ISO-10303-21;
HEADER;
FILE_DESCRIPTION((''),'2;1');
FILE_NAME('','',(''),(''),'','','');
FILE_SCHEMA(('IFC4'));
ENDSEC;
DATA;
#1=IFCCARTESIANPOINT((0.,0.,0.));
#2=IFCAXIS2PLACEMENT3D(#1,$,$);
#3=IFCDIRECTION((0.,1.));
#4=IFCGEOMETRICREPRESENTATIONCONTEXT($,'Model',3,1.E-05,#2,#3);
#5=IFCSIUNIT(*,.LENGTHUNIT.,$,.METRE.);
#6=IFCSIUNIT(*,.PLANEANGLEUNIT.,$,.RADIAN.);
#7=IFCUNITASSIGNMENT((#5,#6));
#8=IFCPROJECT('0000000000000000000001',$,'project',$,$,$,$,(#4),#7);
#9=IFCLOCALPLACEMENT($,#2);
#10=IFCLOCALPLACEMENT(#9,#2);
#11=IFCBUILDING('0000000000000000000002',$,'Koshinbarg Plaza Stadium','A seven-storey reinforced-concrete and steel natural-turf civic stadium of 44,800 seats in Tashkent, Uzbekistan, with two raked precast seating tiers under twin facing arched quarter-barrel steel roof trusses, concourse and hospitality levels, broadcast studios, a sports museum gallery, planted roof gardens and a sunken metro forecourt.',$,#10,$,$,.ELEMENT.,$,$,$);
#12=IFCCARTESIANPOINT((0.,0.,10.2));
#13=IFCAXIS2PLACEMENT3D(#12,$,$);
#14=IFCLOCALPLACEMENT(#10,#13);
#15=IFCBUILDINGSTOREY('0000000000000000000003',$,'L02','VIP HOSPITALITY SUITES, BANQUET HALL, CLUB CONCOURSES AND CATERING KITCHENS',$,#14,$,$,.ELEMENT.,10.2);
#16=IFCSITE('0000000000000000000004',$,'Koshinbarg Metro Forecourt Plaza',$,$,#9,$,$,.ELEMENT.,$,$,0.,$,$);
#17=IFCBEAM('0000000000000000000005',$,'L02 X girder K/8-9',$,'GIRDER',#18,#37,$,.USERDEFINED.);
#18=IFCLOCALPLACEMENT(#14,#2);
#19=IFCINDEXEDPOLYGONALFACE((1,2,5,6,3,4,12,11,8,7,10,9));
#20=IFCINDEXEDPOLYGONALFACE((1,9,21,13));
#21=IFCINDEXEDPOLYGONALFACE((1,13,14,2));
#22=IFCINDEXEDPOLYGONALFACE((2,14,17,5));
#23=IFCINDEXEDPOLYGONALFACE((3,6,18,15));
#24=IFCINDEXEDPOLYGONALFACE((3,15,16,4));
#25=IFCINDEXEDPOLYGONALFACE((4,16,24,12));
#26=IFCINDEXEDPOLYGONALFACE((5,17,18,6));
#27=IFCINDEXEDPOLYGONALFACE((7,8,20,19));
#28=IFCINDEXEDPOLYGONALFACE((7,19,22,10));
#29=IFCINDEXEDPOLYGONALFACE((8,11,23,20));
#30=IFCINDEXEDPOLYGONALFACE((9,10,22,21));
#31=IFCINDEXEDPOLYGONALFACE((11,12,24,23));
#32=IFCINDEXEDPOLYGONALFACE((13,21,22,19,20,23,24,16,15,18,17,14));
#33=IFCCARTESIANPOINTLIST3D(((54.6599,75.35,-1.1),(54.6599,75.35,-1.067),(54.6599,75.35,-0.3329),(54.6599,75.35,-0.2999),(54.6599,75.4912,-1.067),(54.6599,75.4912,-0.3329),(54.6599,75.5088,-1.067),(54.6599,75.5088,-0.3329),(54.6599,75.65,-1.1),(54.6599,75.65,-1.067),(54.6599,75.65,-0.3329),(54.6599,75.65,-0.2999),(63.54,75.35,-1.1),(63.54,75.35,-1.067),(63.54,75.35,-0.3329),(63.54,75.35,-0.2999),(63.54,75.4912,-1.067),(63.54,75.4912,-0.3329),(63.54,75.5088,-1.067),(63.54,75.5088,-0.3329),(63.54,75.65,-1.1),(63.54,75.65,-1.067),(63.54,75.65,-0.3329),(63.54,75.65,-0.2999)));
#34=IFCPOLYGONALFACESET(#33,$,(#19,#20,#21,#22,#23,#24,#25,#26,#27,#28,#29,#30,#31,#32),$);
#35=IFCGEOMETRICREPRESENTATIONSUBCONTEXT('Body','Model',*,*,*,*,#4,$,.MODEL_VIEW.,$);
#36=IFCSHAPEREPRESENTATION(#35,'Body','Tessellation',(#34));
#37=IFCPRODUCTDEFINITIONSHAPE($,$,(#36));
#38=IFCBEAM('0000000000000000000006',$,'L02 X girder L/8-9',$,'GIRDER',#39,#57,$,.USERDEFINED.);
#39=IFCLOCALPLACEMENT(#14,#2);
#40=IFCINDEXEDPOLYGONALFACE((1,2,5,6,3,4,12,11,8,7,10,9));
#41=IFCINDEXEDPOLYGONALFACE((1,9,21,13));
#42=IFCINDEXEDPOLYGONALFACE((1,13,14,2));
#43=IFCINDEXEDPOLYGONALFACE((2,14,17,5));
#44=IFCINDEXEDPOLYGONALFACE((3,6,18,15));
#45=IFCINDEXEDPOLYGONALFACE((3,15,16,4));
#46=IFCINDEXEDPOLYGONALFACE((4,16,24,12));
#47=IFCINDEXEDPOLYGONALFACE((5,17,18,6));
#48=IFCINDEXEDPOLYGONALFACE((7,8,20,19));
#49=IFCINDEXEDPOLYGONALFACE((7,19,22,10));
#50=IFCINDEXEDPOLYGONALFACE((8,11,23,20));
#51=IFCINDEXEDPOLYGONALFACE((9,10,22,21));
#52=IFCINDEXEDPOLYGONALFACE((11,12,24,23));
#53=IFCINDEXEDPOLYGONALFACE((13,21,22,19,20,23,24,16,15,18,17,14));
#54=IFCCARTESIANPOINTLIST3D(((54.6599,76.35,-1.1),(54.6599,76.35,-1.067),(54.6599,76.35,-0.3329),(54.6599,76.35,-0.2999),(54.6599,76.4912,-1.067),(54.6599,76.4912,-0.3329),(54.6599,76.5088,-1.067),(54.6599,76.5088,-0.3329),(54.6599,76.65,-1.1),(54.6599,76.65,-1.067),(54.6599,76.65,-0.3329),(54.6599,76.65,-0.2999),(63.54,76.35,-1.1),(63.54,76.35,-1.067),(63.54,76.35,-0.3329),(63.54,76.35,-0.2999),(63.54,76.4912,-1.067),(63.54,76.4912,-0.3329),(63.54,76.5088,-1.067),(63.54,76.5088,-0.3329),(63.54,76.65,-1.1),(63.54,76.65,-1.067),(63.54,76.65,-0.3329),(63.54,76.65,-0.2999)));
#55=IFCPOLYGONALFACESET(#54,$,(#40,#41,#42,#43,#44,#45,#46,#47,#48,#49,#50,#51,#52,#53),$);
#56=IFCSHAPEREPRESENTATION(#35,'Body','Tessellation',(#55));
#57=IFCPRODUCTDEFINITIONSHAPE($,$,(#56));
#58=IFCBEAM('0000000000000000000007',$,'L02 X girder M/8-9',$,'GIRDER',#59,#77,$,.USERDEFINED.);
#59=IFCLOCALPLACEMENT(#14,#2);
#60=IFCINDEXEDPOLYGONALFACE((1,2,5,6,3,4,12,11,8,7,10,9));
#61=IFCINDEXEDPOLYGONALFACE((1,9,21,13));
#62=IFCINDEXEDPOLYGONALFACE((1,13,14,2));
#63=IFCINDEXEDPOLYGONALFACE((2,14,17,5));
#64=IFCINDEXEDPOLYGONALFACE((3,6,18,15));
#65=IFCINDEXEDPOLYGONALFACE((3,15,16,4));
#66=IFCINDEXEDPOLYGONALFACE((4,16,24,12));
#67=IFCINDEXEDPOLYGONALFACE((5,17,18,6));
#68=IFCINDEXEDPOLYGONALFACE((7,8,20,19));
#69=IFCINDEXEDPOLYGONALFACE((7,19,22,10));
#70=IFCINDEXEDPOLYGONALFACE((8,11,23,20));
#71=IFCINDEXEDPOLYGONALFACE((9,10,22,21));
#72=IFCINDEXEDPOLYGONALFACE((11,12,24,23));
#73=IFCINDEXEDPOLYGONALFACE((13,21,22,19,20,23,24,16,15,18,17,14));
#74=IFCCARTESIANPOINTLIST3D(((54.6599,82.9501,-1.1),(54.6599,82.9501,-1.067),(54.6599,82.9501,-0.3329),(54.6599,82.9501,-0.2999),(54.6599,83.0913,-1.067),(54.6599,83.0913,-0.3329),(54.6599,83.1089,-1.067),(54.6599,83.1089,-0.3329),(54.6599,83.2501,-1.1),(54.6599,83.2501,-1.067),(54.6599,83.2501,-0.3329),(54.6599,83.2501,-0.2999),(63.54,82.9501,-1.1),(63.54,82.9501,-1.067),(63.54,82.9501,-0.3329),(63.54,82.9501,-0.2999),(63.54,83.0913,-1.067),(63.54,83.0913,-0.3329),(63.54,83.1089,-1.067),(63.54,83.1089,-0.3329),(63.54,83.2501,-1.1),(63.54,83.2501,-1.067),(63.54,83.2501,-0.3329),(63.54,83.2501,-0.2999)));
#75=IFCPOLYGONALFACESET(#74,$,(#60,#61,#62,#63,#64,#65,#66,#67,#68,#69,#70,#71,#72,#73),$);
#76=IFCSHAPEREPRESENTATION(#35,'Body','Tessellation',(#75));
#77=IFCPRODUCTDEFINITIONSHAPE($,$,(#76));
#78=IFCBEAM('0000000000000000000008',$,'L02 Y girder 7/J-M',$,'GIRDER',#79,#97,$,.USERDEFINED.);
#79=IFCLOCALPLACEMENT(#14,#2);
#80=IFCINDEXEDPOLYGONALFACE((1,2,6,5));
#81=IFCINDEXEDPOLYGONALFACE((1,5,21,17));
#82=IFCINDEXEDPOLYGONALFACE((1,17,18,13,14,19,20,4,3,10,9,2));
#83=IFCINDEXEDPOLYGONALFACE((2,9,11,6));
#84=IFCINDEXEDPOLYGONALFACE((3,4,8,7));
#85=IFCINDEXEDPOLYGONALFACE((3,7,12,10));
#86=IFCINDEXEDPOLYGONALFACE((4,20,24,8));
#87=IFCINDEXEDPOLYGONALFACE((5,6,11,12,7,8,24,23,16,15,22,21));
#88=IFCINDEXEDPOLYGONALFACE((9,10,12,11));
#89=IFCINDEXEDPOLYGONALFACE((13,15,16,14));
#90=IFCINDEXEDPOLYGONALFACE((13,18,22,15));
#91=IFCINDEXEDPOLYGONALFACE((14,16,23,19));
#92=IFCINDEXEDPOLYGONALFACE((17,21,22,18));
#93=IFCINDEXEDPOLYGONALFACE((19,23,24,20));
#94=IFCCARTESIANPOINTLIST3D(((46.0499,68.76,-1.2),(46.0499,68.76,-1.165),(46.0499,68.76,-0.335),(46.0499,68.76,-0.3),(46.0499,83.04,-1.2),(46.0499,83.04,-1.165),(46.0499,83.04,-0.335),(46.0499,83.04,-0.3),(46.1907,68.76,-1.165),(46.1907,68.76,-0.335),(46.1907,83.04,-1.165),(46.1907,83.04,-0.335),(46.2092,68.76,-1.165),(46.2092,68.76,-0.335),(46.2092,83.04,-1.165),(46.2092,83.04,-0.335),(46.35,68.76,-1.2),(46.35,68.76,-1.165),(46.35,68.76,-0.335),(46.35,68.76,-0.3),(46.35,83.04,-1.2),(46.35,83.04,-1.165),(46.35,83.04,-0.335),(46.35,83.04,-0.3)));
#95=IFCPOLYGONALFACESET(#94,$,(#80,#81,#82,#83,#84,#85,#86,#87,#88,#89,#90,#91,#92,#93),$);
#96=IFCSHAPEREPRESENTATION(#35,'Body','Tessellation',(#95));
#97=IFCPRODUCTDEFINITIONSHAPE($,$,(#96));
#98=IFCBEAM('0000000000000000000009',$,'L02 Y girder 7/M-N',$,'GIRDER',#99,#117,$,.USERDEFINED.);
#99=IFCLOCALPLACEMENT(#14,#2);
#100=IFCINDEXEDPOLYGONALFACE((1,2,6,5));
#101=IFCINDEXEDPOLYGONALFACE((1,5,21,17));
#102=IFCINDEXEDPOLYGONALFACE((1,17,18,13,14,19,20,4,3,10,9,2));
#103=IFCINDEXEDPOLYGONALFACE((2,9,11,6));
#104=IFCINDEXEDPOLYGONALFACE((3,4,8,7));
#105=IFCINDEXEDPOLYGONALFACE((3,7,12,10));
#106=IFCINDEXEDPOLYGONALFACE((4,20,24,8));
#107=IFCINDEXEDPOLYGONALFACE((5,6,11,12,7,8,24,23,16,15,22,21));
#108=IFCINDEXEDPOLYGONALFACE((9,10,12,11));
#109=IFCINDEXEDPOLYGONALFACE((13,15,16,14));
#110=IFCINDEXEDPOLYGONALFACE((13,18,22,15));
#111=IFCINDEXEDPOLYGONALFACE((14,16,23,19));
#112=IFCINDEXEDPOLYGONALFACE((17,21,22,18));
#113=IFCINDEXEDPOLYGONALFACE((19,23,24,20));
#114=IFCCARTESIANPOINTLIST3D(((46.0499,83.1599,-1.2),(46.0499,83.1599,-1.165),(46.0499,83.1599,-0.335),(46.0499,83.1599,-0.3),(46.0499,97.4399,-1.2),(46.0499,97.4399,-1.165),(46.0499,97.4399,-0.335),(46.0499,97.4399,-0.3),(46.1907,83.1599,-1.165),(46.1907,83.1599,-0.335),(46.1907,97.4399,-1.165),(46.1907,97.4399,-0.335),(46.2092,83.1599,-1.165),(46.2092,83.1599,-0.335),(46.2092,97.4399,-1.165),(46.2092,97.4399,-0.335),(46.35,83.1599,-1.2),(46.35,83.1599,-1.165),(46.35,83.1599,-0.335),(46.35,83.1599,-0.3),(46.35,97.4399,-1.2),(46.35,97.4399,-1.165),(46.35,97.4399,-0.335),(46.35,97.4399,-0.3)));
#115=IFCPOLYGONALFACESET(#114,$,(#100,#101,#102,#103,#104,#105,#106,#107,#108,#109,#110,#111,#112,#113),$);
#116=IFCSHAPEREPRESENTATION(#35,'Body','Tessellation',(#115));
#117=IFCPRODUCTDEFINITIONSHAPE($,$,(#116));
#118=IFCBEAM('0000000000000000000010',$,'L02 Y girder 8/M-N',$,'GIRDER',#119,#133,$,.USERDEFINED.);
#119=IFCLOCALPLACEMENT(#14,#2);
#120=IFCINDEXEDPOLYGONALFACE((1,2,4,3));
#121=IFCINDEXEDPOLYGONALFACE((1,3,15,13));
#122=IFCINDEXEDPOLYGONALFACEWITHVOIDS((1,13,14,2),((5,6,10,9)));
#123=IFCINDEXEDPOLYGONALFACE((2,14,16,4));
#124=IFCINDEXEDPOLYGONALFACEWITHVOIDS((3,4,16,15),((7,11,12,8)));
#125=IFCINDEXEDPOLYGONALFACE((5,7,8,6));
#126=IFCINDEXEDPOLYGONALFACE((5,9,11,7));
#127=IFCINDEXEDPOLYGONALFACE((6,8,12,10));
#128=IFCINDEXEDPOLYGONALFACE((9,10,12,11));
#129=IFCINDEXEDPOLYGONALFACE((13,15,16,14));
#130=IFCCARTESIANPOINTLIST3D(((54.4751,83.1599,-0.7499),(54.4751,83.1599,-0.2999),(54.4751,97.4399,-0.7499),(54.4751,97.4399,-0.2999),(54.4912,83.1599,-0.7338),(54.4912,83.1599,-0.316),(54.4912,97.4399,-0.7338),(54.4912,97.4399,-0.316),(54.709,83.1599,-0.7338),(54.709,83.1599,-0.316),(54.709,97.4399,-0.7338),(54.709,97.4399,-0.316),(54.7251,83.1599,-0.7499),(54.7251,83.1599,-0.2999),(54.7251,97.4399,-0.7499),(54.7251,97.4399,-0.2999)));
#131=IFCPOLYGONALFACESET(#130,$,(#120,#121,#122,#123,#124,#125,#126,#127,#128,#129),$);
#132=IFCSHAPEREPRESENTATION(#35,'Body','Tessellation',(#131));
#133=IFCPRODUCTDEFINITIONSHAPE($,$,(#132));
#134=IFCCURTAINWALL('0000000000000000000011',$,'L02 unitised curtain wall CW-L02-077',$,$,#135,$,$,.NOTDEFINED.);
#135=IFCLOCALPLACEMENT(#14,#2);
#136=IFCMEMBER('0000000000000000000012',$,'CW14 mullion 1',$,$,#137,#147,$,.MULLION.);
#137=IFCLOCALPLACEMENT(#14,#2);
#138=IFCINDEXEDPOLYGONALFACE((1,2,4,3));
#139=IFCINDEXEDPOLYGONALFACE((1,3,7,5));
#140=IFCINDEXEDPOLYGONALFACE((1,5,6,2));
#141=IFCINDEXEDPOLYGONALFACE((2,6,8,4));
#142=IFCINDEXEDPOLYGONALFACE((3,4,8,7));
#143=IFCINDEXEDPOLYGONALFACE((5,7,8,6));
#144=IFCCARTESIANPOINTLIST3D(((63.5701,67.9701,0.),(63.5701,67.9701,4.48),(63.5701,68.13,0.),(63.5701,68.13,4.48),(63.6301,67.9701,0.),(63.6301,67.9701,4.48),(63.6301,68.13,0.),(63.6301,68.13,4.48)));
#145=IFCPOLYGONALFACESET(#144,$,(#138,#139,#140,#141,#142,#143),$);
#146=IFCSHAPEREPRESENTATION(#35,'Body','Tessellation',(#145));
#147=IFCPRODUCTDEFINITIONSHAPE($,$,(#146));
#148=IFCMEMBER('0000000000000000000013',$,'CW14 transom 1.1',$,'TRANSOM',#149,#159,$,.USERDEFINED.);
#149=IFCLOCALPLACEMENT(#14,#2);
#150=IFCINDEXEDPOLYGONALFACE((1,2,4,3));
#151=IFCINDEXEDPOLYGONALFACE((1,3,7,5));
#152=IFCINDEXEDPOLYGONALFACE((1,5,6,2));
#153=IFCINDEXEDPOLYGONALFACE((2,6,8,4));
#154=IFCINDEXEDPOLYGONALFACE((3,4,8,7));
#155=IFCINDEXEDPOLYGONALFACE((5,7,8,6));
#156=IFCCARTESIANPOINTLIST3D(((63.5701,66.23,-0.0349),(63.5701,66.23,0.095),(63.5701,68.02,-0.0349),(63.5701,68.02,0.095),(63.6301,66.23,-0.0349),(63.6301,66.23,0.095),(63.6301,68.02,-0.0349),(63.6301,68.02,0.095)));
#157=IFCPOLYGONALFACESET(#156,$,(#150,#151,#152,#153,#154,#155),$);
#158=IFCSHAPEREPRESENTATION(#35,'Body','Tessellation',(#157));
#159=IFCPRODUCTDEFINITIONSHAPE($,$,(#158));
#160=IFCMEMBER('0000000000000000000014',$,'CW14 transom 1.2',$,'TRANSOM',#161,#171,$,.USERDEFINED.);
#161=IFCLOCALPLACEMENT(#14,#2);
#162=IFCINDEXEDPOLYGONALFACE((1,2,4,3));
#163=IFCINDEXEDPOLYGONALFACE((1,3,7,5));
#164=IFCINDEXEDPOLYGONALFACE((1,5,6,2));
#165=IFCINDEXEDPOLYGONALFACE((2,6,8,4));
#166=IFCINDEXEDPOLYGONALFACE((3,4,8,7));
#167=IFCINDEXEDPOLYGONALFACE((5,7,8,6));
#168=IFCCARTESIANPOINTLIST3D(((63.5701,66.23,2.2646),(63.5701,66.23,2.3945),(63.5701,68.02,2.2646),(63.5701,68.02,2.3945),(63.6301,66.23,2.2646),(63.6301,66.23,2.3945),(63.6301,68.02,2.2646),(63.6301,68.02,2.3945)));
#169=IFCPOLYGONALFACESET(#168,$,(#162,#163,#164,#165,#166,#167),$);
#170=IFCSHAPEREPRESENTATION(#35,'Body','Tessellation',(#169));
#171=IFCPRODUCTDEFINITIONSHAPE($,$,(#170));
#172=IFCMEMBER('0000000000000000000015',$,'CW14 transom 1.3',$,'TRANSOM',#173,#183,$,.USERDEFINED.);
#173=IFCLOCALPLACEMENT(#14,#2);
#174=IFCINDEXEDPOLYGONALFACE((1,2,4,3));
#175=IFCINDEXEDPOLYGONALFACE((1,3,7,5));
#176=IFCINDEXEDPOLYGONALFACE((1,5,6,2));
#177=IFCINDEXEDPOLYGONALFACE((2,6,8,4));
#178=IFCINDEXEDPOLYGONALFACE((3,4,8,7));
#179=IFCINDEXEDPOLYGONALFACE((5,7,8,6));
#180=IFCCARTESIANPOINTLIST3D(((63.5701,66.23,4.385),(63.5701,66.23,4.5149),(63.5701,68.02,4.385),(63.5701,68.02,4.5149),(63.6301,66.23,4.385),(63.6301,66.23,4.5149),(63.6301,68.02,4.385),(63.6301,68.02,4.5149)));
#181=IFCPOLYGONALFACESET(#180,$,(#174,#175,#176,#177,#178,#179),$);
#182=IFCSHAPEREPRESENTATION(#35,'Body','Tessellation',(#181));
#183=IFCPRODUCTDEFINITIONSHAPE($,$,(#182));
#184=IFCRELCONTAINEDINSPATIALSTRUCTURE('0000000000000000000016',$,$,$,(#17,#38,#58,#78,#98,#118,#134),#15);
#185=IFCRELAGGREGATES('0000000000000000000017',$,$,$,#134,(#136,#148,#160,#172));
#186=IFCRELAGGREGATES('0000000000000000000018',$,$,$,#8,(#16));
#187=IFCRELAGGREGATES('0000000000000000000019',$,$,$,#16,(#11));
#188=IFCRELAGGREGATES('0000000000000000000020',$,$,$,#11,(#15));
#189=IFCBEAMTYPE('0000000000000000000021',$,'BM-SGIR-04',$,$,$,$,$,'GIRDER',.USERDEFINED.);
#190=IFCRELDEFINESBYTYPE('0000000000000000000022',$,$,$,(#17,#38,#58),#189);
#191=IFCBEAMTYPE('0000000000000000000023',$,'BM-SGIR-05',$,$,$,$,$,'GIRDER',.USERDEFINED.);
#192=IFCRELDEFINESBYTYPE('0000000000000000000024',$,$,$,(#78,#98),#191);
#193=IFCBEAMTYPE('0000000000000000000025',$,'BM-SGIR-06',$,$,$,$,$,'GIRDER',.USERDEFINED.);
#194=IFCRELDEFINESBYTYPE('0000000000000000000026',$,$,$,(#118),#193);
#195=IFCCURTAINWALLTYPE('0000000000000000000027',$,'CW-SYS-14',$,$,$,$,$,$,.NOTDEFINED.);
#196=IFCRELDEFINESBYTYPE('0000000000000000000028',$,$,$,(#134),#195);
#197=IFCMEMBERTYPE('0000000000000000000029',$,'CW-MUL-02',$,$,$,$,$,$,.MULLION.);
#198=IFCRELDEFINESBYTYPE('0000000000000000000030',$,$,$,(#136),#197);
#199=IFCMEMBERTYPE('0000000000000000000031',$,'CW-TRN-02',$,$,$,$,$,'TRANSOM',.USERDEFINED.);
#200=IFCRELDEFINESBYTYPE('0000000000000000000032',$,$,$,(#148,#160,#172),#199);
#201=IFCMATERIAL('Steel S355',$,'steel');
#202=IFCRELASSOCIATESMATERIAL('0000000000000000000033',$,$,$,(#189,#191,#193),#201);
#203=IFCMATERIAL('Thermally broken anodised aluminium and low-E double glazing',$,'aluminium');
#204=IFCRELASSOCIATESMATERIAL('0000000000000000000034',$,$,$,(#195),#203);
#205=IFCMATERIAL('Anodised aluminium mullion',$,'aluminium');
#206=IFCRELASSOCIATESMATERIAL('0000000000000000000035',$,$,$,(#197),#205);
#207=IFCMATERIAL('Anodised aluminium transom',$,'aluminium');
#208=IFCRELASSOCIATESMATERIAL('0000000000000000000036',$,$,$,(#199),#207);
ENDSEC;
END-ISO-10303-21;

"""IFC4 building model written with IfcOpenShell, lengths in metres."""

from ifc_helpers import new_model, si_unit, direction, frame, origin, origin_2d, place, context, subcontext, project, spatial, rectangle, hollow_rectangle, i_section, extrude, material, material_profile, profile_set, type_object, element, aggregate, save


model = new_model("IFC4")

# Units and contexts
model_context = context("Model", 3, precision=1e-05, world=origin(), true_north=direction((0.0, 1.0)))
body_context = subcontext(model_context, "Body", "Model", "MODEL_VIEW")
ifc_project = project(units=[si_unit("LENGTHUNIT", "METRE"), si_unit("PLANEANGLEUNIT", "RADIAN")], contexts=[model_context])

# Site, building, storey
site_placement = place(None, origin())
site = spatial("IfcSite", under=ifc_project, at=site_placement, Name="Koshinbarg Metro Forecourt Plaza", CompositionType="ELEMENT", RefElevation=0.0)
building_placement = place(site_placement, origin())
building = spatial("IfcBuilding", under=site, at=building_placement, Name="Koshinbarg Plaza Stadium", Description="A seven-storey reinforced-concrete and steel natural-turf civic stadium of 44,800 seats in Tashkent, Uzbekistan, with two raked precast seating tiers under twin facing arched quarter-barrel steel roof trusses, concourse and hospitality levels, broadcast studios, a sports museum gallery, planted roof gardens and a sunken metro forecourt.", CompositionType="ELEMENT")
storey_placement = place(building_placement, frame((0.0, 0.0, 10.2)))
storey = spatial("IfcBuildingStorey", under=building, at=storey_placement, Name="L02", Description="VIP HOSPITALITY SUITES, BANQUET HALL, CLUB CONCOURSES AND CATERING KITCHENS", CompositionType="ELEMENT", Elevation=10.2)

# Beams
ifc_material_1 = material(Name="Steel S355", Category="steel")
ifc_material_profile_1 = material_profile(ifc_material_1, i_section(OverallWidth=0.3, OverallDepth=0.8, WebThickness=0.0176, FlangeThickness=0.033, at=origin_2d()), Name="HEB 800")
ifc_profile_set_1 = profile_set([ifc_material_profile_1], Name="Steel S355")
beam_type_1 = type_object("IfcBeamType", Name="BM-SGIR-04", ElementType="GIRDER", PredefinedType="USERDEFINED", material=ifc_profile_set_1)
for number, where, z_axis, x_axis, name in (
    (1, (54.6599, 75.5, -0.7), (1.0, 0.0, 0.0), (0.0, 1.0, 0.0), "L02 X girder K/8-9"),
    (2, (54.6599, 76.5, -0.7), (1.0, 0.0, 0.0), (0.0, 1.0, 0.0), "L02 X girder L/8-9"),
    (3, (54.6599, 83.1001, -0.7), (1.0, 0.0, 0.0), (0.0, 1.0, 0.0), "L02 X girder M/8-9"),
):
    element("IfcBeam", number, at=place(storey_placement, frame(where, z_axis=z_axis, x_axis=x_axis)), inside=storey, type_object=beam_type_1, Name=name, ObjectType="GIRDER", PredefinedType="USERDEFINED", context=body_context, shape_type="SweptSolid", body=[
        extrude(i_section(OverallWidth=0.3, OverallDepth=0.8, WebThickness=0.0176, FlangeThickness=0.033, at=origin_2d()), origin(), (0.0, 0.0, 1.0), 8.8801),
    ])
ifc_material_profile_2 = material_profile(ifc_material_1, i_section(OverallWidth=0.3, OverallDepth=0.8999, WebThickness=0.0186, FlangeThickness=0.0349, at=origin_2d()), Name="HEB 900")
ifc_profile_set_2 = profile_set([ifc_material_profile_2], Name="Steel S355")
beam_type_2 = type_object("IfcBeamType", Name="BM-SGIR-05", ElementType="GIRDER", PredefinedType="USERDEFINED", material=ifc_profile_set_2)
for number, where, z_axis, x_axis, name in (
    (4, (46.2, 68.76, -0.75), (0.0, 1.0, 0.0), (-1.0, 0.0, 0.0), "L02 Y girder 7/J-M"),
    (5, (46.2, 83.1599, -0.75), (0.0, 1.0, 0.0), (-1.0, 0.0, 0.0), "L02 Y girder 7/M-N"),
):
    element("IfcBeam", number, at=place(storey_placement, frame(where, z_axis=z_axis, x_axis=x_axis)), inside=storey, type_object=beam_type_2, Name=name, ObjectType="GIRDER", PredefinedType="USERDEFINED", context=body_context, shape_type="SweptSolid", body=[
        extrude(i_section(OverallWidth=0.3, OverallDepth=0.8999, WebThickness=0.0186, FlangeThickness=0.0349, at=origin_2d()), origin(), (0.0, 0.0, 1.0), 14.28),
    ])
ifc_material_profile_3 = material_profile(ifc_material_1, hollow_rectangle(XDim=0.25, YDim=0.45, WallThickness=0.0161, at=origin_2d()), Name="RHS 450x250x16")
ifc_profile_set_3 = profile_set([ifc_material_profile_3], Name="Steel S355")
beam_type_3 = type_object("IfcBeamType", Name="BM-SGIR-06", ElementType="GIRDER", PredefinedType="USERDEFINED", material=ifc_profile_set_3)
beam_1_placement = place(storey_placement, frame((54.6001, 83.1599, -0.5249), z_axis=(0.0, 1.0, 0.0), x_axis=(-1.0, 0.0, 0.0)))
element("IfcBeam", 6, at=beam_1_placement, inside=storey, type_object=beam_type_3, Name="L02 Y girder 8/M-N", ObjectType="GIRDER", PredefinedType="USERDEFINED", context=body_context, shape_type="SweptSolid", body=[
    extrude(hollow_rectangle(XDim=0.25, YDim=0.45, WallThickness=0.0161, at=origin_2d()), origin(), (0.0, 0.0, 1.0), 14.28),
])

# Curtain wall, members
ifc_material_2 = material(Name="Thermally broken anodised aluminium and low-E double glazing", Category="aluminium")
curtain_wall_type = type_object("IfcCurtainWallType", Name="CW-SYS-14", PredefinedType="NOTDEFINED", material=ifc_material_2)
curtain_wall_placement = place(storey_placement, origin())
curtain_wall = element("IfcCurtainWall", 7, at=curtain_wall_placement, inside=storey, type_object=curtain_wall_type, Name="L02 unitised curtain wall CW-L02-077", PredefinedType="NOTDEFINED")
ifc_material_3 = material(Name="Anodised aluminium mullion", Category="aluminium")
ifc_material_profile_4 = material_profile(ifc_material_3, rectangle(XDim=0.0601, YDim=0.1599, at=origin_2d()), Name="ALU 60x160")
ifc_profile_set_4 = profile_set([ifc_material_profile_4], Name="Anodised aluminium mullion")
member_type_1 = type_object("IfcMemberType", Name="CW-MUL-02", PredefinedType="MULLION", material=ifc_profile_set_4)
member_1_placement = place(storey_placement, frame((63.6001, 68.05, 0.0), z_axis=(0.0, 0.0, 1.0), x_axis=(1.0, 0.0, 0.0)))
member_1 = element("IfcMember", 8, at=member_1_placement, type_object=member_type_1, Name="CW14 mullion 1", PredefinedType="MULLION", context=body_context, shape_type="SweptSolid", body=[
    extrude(rectangle(XDim=0.0601, YDim=0.1599, at=origin_2d()), origin(), (0.0, 0.0, 1.0), 4.48),
])
ifc_material_4 = material(Name="Anodised aluminium transom", Category="aluminium")
ifc_material_profile_5 = material_profile(ifc_material_4, rectangle(XDim=0.0601, YDim=0.1299, at=origin_2d()), Name="ALU 60x130")
ifc_profile_set_5 = profile_set([ifc_material_profile_5], Name="Anodised aluminium transom")
member_type_2 = type_object("IfcMemberType", Name="CW-TRN-02", ElementType="TRANSOM", PredefinedType="USERDEFINED", material=ifc_profile_set_5)
member_2_placement = place(storey_placement, frame((63.6001, 68.02, 0.03), z_axis=(0.0, -1.0, 0.0), x_axis=(1.0, 0.0, 0.0)))
member_2 = element("IfcMember", 9, at=member_2_placement, type_object=member_type_2, Name="CW14 transom 1.1", ObjectType="TRANSOM", PredefinedType="USERDEFINED", context=body_context, shape_type="SweptSolid", body=[
    extrude(rectangle(XDim=0.0601, YDim=0.1299, at=origin_2d()), origin(), (0.0, 0.0, 1.0), 1.79),
])
member_3_placement = place(storey_placement, frame((63.6001, 68.02, 2.3296), z_axis=(0.0, -1.0, 0.0), x_axis=(1.0, 0.0, 0.0)))
member_3 = element("IfcMember", 10, at=member_3_placement, type_object=member_type_2, Name="CW14 transom 1.2", ObjectType="TRANSOM", PredefinedType="USERDEFINED", context=body_context, shape_type="SweptSolid", body=[
    extrude(rectangle(XDim=0.0601, YDim=0.1299, at=origin_2d()), origin(), (0.0, 0.0, 1.0), 1.79),
])
member_4_placement = place(storey_placement, frame((63.6001, 68.02, 4.45), z_axis=(0.0, -1.0, 0.0), x_axis=(1.0, 0.0, 0.0)))
member_4 = element("IfcMember", 11, at=member_4_placement, type_object=member_type_2, Name="CW14 transom 1.3", ObjectType="TRANSOM", PredefinedType="USERDEFINED", context=body_context, shape_type="SweptSolid", body=[
    extrude(rectangle(XDim=0.0601, YDim=0.1299, at=origin_2d()), origin(), (0.0, 0.0, 1.0), 1.79),
])
aggregate(curtain_wall, [member_1, member_2, member_3, member_4])

save(model, "model.ifc")
